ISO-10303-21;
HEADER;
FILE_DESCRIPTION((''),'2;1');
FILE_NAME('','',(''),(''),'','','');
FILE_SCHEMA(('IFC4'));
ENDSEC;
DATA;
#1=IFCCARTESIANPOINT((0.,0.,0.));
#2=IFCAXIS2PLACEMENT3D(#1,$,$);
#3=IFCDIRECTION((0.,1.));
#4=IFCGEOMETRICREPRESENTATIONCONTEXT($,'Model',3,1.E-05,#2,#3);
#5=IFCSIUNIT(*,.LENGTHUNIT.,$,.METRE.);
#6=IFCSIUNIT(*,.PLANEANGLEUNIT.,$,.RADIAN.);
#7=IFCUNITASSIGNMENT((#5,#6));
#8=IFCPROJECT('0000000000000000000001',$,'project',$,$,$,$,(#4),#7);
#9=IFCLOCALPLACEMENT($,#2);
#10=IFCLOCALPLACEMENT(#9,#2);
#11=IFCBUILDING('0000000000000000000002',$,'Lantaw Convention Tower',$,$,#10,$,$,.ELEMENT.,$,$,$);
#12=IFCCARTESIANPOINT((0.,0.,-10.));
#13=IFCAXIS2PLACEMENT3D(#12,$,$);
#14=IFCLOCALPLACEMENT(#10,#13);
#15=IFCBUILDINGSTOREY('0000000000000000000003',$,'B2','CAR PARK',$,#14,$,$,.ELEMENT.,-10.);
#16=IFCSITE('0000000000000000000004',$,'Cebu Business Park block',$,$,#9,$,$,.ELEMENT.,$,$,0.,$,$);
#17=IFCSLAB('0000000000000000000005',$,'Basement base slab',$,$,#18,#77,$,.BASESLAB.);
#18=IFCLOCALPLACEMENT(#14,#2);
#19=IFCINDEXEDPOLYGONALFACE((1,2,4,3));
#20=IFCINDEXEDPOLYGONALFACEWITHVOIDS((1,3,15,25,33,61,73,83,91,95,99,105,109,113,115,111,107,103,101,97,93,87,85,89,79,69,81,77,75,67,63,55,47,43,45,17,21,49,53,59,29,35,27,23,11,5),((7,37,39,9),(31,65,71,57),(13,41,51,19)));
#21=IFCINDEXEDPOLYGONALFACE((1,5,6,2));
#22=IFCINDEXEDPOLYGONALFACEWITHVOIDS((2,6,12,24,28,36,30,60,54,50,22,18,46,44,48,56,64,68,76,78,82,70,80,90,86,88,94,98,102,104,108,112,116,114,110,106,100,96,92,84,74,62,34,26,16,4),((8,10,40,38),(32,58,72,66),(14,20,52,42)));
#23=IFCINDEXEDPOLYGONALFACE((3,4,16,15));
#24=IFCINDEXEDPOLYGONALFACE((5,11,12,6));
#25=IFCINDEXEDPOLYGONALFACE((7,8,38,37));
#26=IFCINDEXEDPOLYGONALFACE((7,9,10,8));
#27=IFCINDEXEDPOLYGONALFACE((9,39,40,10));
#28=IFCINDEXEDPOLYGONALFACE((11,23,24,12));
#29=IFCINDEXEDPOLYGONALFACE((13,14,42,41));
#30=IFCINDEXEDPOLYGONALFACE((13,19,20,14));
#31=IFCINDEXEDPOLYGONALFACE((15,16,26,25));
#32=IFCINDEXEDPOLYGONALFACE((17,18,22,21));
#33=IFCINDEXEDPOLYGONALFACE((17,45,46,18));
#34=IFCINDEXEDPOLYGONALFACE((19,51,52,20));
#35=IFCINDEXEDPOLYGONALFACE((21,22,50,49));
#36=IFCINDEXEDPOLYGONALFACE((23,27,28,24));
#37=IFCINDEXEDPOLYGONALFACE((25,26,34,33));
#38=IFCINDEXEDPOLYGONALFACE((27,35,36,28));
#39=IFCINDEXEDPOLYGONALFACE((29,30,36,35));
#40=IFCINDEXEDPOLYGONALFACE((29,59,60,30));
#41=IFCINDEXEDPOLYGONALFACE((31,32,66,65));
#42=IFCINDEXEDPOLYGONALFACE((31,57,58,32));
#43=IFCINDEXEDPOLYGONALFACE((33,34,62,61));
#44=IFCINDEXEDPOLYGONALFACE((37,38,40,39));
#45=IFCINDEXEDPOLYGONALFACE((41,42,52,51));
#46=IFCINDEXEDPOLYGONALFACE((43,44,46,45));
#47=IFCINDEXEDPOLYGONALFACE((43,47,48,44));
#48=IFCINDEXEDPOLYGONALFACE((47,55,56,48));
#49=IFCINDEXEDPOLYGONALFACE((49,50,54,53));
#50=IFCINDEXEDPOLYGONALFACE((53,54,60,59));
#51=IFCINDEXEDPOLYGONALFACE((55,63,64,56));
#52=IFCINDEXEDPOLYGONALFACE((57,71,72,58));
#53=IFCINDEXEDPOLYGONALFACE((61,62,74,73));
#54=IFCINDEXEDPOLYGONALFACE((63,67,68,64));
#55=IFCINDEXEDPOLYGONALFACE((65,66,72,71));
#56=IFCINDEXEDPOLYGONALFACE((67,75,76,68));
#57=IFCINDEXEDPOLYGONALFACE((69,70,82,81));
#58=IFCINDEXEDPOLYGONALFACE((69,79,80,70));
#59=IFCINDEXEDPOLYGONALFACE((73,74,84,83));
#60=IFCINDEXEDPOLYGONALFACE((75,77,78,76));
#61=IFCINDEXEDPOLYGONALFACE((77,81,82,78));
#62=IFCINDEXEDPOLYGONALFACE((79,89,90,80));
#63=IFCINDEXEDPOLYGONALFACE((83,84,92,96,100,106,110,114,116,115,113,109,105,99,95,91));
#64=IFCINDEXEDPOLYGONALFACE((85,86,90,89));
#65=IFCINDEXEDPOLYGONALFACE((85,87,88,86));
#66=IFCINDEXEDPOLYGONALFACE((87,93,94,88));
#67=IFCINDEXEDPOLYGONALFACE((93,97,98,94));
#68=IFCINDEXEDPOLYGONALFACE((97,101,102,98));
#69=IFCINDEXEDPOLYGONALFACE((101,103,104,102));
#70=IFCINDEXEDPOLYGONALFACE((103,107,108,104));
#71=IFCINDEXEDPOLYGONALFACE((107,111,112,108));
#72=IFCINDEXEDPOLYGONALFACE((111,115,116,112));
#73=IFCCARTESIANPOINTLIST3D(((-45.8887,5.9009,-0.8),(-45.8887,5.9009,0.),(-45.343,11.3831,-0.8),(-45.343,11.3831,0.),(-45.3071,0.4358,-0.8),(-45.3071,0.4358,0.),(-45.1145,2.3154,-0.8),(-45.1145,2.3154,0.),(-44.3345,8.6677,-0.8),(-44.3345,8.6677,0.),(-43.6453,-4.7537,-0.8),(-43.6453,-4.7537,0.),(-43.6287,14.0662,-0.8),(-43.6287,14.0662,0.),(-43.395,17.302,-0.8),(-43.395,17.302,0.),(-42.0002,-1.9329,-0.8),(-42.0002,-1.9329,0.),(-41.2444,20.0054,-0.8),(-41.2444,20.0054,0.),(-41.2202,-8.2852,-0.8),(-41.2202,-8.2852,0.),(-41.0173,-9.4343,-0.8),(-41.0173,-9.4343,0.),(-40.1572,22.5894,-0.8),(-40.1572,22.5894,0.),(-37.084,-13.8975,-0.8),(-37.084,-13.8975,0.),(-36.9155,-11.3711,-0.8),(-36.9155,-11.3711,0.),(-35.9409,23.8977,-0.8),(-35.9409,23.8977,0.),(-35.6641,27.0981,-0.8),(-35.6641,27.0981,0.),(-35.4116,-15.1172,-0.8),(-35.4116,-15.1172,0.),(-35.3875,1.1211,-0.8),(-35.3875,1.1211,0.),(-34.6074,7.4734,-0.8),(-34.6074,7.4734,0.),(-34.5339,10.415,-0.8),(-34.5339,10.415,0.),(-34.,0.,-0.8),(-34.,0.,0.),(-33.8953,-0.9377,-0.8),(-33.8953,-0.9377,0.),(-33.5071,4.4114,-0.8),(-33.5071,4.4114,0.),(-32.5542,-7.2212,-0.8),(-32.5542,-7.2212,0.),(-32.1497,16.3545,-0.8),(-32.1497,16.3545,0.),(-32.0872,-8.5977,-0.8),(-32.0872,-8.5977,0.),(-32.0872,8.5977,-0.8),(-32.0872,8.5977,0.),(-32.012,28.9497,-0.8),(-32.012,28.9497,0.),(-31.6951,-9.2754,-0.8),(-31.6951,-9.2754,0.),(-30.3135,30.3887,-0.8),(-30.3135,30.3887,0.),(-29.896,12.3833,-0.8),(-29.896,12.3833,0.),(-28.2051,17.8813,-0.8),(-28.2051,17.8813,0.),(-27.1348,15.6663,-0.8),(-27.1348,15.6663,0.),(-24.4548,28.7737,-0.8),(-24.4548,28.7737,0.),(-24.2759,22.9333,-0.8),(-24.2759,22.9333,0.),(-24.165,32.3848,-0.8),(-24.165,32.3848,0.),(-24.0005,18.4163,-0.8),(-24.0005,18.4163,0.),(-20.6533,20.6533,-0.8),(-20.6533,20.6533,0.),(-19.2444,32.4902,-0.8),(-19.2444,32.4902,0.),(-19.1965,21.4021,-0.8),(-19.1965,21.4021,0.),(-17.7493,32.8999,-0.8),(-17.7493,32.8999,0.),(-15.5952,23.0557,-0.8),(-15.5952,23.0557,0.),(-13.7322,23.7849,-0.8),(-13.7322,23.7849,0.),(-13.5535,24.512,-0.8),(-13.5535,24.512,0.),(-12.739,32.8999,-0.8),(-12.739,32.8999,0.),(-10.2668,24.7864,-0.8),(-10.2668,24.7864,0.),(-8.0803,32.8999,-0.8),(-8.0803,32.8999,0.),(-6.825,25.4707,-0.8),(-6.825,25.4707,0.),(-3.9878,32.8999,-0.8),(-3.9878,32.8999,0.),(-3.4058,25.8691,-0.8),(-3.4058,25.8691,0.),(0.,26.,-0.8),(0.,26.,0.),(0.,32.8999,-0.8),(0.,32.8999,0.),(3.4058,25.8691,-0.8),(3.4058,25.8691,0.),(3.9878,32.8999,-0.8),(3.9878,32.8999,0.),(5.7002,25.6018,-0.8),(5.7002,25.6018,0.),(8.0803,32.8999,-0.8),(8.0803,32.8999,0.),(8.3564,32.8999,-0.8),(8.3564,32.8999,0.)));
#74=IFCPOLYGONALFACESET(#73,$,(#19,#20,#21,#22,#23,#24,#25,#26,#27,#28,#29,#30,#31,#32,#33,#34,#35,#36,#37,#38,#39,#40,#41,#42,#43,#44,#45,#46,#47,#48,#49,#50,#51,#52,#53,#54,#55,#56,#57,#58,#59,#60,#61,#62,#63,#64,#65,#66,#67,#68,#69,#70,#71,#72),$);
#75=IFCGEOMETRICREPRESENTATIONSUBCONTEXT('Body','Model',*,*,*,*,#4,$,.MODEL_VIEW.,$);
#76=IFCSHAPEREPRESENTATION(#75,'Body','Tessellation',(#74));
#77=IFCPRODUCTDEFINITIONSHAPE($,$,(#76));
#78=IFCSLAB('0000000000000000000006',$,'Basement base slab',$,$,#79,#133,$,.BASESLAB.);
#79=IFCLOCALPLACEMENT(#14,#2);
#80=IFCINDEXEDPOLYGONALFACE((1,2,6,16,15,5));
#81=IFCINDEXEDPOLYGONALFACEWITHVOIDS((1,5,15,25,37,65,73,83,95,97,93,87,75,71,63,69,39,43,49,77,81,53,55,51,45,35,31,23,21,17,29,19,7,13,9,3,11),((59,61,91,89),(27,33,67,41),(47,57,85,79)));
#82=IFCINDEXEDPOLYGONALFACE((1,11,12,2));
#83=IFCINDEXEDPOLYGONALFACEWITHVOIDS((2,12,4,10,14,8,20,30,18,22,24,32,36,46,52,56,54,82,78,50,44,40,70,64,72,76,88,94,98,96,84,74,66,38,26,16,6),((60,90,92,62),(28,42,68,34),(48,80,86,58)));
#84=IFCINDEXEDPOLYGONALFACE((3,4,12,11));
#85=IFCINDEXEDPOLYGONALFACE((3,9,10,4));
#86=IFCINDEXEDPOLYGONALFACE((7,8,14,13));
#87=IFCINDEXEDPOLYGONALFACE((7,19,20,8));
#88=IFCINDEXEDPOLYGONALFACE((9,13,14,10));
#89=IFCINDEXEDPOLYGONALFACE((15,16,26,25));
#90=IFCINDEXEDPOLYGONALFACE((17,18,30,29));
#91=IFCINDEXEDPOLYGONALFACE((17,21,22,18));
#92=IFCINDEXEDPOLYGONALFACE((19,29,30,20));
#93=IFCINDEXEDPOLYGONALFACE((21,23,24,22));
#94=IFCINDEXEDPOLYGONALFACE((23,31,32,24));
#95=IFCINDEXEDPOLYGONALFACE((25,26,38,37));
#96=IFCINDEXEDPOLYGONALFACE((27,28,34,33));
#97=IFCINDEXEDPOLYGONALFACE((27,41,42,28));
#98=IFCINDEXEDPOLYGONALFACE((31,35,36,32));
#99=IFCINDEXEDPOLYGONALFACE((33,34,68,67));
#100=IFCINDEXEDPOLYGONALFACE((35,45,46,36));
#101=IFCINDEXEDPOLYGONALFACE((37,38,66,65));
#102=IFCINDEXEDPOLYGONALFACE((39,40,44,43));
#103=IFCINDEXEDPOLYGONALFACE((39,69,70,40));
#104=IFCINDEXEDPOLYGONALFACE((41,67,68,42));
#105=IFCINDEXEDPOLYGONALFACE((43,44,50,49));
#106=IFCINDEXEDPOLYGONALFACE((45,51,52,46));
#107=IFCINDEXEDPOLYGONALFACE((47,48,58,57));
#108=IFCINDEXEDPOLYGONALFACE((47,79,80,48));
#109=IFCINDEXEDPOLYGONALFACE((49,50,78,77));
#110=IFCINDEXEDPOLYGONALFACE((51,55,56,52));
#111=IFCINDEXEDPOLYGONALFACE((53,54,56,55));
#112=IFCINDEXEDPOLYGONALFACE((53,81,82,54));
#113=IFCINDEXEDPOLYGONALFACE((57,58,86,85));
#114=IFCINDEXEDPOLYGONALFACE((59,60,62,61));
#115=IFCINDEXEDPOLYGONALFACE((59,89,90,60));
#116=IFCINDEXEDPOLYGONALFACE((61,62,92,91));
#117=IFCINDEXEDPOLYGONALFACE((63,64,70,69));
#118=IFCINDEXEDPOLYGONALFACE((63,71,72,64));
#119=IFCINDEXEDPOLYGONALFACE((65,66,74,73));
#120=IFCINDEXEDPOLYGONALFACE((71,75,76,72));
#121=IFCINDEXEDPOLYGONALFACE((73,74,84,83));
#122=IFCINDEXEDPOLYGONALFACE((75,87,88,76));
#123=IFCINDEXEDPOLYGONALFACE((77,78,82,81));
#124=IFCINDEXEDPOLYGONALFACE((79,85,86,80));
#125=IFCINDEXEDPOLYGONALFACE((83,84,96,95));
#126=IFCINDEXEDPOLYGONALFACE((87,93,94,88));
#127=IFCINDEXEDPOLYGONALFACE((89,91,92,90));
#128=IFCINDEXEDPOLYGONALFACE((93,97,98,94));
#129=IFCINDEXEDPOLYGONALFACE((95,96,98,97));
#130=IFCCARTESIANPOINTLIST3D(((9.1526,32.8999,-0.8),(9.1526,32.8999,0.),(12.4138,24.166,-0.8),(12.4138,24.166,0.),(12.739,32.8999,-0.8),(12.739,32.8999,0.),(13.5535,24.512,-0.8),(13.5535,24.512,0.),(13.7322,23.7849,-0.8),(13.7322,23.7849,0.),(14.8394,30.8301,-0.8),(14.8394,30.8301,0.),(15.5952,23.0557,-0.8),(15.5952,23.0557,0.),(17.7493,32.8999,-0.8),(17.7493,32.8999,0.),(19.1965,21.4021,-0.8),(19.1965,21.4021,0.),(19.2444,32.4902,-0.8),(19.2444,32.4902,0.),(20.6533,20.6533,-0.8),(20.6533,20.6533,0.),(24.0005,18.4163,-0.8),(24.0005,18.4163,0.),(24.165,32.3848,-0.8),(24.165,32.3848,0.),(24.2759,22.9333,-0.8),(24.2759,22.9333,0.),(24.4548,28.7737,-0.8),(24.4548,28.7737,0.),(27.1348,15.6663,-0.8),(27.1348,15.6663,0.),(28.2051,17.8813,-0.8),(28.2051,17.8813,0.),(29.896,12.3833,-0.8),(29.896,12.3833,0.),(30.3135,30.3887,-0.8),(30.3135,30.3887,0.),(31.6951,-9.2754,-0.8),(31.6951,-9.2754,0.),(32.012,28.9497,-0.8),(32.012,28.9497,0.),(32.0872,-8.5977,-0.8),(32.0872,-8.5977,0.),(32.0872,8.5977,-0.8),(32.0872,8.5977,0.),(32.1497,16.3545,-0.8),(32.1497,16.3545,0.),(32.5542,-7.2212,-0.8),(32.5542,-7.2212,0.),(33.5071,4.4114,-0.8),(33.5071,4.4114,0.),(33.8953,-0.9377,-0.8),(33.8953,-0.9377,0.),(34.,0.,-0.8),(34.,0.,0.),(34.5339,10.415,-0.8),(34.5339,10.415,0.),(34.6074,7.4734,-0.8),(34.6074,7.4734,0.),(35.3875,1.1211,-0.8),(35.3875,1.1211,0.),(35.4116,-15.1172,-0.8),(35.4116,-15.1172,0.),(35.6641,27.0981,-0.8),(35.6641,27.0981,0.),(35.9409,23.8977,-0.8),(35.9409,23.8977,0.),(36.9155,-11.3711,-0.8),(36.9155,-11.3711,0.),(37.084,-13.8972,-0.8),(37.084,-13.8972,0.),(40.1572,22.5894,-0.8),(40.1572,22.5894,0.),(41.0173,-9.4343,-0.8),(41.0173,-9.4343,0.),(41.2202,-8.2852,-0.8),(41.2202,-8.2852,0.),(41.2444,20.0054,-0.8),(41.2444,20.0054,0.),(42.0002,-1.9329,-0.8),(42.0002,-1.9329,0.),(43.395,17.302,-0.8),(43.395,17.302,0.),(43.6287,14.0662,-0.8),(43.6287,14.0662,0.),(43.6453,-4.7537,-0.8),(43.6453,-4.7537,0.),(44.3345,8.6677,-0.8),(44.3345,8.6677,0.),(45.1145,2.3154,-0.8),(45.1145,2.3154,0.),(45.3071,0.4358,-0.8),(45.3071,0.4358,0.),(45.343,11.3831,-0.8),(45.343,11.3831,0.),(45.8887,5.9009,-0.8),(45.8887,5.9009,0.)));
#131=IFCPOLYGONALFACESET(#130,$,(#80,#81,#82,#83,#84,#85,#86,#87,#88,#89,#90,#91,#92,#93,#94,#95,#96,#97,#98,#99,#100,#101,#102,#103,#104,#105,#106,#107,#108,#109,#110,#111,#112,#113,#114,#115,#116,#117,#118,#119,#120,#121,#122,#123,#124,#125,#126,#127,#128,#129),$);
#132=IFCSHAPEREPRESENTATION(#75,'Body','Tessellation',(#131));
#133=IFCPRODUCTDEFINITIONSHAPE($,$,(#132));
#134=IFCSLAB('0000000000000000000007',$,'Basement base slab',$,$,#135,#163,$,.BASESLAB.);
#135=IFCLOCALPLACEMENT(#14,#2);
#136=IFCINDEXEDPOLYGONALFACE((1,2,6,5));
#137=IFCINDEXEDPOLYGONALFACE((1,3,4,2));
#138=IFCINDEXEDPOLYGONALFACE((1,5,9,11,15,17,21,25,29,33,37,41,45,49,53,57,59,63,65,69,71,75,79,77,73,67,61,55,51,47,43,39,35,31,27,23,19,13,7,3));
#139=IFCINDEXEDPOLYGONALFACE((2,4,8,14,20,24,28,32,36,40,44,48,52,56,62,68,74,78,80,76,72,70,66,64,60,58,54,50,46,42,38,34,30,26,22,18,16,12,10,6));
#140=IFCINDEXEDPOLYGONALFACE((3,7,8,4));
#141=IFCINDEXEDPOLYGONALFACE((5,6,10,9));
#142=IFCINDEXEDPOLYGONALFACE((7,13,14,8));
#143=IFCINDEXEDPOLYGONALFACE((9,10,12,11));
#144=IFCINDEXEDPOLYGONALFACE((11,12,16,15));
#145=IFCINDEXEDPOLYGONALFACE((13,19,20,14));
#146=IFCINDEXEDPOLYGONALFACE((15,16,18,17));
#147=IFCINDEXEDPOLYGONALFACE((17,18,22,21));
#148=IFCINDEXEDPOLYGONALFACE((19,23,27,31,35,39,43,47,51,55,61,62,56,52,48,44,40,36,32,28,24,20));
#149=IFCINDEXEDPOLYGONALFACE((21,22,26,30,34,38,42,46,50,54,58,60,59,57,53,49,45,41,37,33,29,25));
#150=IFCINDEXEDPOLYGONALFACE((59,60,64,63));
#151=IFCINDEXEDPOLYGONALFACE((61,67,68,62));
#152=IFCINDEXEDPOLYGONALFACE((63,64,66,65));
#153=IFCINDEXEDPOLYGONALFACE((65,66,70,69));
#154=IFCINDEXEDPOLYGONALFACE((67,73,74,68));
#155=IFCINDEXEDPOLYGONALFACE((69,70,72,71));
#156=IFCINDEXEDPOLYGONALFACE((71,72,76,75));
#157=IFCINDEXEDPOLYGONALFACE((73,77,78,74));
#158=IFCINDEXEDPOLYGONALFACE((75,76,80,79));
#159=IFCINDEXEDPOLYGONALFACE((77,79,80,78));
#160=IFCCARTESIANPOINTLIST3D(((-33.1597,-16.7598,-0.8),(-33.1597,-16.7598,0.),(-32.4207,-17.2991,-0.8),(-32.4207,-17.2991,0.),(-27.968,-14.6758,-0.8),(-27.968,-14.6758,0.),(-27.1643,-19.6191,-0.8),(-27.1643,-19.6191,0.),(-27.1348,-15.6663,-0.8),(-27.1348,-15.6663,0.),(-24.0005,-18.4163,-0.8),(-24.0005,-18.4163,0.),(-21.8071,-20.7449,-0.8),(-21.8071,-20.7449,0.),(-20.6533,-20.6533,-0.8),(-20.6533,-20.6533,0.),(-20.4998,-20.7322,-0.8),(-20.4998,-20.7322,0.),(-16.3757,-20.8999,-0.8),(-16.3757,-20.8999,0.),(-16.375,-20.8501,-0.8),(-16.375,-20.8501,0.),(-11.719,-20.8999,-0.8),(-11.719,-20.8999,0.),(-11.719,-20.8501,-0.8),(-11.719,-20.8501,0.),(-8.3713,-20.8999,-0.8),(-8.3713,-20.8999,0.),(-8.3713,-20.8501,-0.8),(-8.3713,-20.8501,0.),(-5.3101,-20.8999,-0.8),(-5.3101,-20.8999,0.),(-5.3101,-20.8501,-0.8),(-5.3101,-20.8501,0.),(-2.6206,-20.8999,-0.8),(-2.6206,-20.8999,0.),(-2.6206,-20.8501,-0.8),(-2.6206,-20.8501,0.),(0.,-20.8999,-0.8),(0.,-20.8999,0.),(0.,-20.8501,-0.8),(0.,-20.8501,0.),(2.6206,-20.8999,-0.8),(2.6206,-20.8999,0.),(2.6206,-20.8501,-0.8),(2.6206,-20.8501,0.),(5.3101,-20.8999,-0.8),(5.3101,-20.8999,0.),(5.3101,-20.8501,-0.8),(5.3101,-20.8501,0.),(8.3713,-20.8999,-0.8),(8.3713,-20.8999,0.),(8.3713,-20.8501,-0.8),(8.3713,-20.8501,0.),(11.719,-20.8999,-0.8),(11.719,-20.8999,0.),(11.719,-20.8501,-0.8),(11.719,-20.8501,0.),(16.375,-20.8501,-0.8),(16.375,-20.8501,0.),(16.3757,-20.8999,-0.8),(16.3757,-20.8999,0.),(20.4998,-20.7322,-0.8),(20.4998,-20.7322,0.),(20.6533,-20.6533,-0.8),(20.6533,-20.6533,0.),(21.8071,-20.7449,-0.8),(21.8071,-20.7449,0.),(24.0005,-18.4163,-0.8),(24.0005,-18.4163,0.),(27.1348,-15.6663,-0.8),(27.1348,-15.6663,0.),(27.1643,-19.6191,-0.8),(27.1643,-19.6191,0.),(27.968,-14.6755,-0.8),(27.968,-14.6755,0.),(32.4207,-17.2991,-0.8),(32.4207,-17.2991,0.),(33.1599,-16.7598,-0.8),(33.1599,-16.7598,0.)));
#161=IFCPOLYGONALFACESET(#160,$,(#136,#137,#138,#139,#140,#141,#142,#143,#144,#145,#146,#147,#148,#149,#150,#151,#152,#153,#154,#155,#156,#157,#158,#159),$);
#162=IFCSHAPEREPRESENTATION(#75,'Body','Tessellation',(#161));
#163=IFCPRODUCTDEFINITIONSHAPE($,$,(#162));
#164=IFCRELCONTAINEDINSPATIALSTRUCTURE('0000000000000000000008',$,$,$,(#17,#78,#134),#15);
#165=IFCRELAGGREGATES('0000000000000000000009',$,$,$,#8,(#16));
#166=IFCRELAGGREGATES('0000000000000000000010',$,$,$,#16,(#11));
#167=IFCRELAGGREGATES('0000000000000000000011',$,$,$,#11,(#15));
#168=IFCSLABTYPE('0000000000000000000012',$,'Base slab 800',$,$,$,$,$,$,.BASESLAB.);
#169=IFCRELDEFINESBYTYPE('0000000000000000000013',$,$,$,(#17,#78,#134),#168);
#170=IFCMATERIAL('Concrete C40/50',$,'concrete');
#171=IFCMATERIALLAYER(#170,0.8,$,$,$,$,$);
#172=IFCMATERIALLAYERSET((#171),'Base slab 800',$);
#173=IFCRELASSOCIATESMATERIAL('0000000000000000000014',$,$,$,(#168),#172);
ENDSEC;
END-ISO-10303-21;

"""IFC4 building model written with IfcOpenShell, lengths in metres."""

from ifc_helpers import new_model, si_unit, direction, frame, origin, place, context, subcontext, project, spatial, polyline, outline, extrude, material, layer, layer_set, type_object, element, save


model = new_model("IFC4")

# Units and contexts
model_context = context("Model", 3, precision=1e-05, world=origin(), true_north=direction((0.0, 1.0)))
body_context = subcontext(model_context, "Body", "Model", "MODEL_VIEW")
ifc_project = project(units=[si_unit("LENGTHUNIT", "METRE"), si_unit("PLANEANGLEUNIT", "RADIAN")], contexts=[model_context])

# Site, building, storey
site_placement = place(None, origin())
site = spatial("IfcSite", under=ifc_project, at=site_placement, Name="Cebu Business Park block", CompositionType="ELEMENT", RefElevation=0.0)
building_placement = place(site_placement, origin())
building = spatial("IfcBuilding", under=site, at=building_placement, Name="Lantaw Convention Tower", CompositionType="ELEMENT")
storey_placement = place(building_placement, frame((0.0, 0.0, -10.0)))
storey = spatial("IfcBuildingStorey", under=building, at=storey_placement, Name="B2", Description="CAR PARK", CompositionType="ELEMENT", Elevation=-10.0)

# Slabs
ifc_material_1 = material(Name="Concrete C40/50", Category="concrete")
ifc_layer_1 = layer(ifc_material_1, 0.8)
ifc_layer_set_1 = layer_set([ifc_layer_1], Name="Base slab 800")
slab_type_1 = type_object("IfcSlabType", Name="Base slab 800", PredefinedType="BASESLAB", material=ifc_layer_set_1)
slab_1_placement = place(storey_placement, frame((0.0, 0.0, -0.8)))
element("IfcSlab", 1, at=slab_1_placement, inside=storey, type_object=slab_type_1, Name="Basement base slab", PredefinedType="BASESLAB", context=body_context, shape_type="SweptSolid", body=[
    extrude(outline(polyline([(-43.6453, -4.7537), (-41.0173, -9.4343), (-37.084, -13.8975), (-35.4116, -15.1172), (-36.9155, -11.3711), (-31.6951, -9.2754), (-32.0872, -8.5977), (-32.5542, -7.2212), (-41.2202, -8.2852), (-42.0002, -1.9329), (-33.8953, -0.9377), (-34.0, 0.0), (-33.5071, 4.4114), (-32.0872, 8.5977), (-29.896, 12.3833), (-27.1348, 15.6663), (-24.0005, 18.4163), (-20.6533, 20.6533), (-19.1965, 21.4021), (-24.4548, 28.7737), (-19.2444, 32.4902), (-13.5535, 24.512), (-15.5952, 23.0557), (-13.7322, 23.7849), (-10.2668, 24.7864), (-6.825, 25.4707), (-3.4058, 25.8691), (0.0, 26.0), (3.4058, 25.8691), (5.7002, 25.6018), (8.3564, 32.8999), (8.0803, 32.8999), (3.9878, 32.8999), (0.0, 32.8999), (-3.9878, 32.8999), (-8.0803, 32.8999), (-12.739, 32.8999), (-17.7493, 32.8999), (-24.165, 32.3848), (-30.3135, 30.3887), (-35.6641, 27.0981), (-40.1572, 22.5894), (-43.395, 17.302), (-45.343, 11.3831), (-45.8887, 5.9009), (-45.3071, 0.4358), (-43.6453, -4.7537)]), holes=[polyline([(-28.2051, 17.8813), (-24.2759, 22.9333), (-32.012, 28.9497), (-35.9409, 23.8977), (-28.2051, 17.8813)]), polyline([(-43.6287, 14.0662), (-34.5339, 10.415), (-32.1497, 16.3545), (-41.2444, 20.0054), (-43.6287, 14.0662)]), polyline([(-44.3345, 8.6677), (-45.1145, 2.3154), (-35.3875, 1.1211), (-34.6074, 7.4734), (-44.3345, 8.6677)])]), origin(), (0.0, 0.0, 1.0), 0.8),
])
slab_2_placement = place(storey_placement, frame((0.0, 0.0, -0.8)))
element("IfcSlab", 2, at=slab_2_placement, inside=storey, type_object=slab_type_1, Name="Basement base slab", PredefinedType="BASESLAB", context=body_context, shape_type="SweptSolid", body=[
    extrude(outline(polyline([(32.5542, -7.2212), (32.0872, -8.5977), (31.6951, -9.2754), (36.9155, -11.3711), (35.4116, -15.1172), (37.084, -13.8972), (41.0173, -9.4343), (43.6453, -4.7537), (45.3071, 0.4358), (45.8887, 5.9009), (45.343, 11.3831), (43.395, 17.302), (40.1572, 22.5894), (35.6641, 27.0981), (30.3135, 30.3887), (24.165, 32.3848), (17.7493, 32.8999), (12.739, 32.8999), (9.1526, 32.8999), (14.8394, 30.8301), (12.4138, 24.166), (13.7322, 23.7849), (15.5952, 23.0557), (13.5535, 24.512), (19.2444, 32.4902), (24.4548, 28.7737), (19.1965, 21.4021), (20.6533, 20.6533), (24.0005, 18.4163), (27.1348, 15.6663), (29.896, 12.3833), (32.0872, 8.5977), (33.5071, 4.4114), (34.0, 0.0), (33.8953, -0.9377), (42.0002, -1.9329), (41.2202, -8.2852), (32.5542, -7.2212)]), holes=[polyline([(45.1145, 2.3154), (44.3345, 8.6677), (34.6074, 7.4734), (35.3875, 1.1211), (45.1145, 2.3154)]), polyline([(34.5339, 10.415), (43.6287, 14.0662), (41.2444, 20.0054), (32.1497, 16.3545), (34.5339, 10.415)]), polyline([(24.2759, 22.9333), (28.2051, 17.8813), (35.9409, 23.8977), (32.012, 28.9497), (24.2759, 22.9333)])]), origin(), (0.0, 0.0, 1.0), 0.8),
])
slab_3_placement = place(storey_placement, frame((0.0, 0.0, -0.8)))
element("IfcSlab", 3, at=slab_3_placement, inside=storey, type_object=slab_type_1, Name="Basement base slab", PredefinedType="BASESLAB", context=body_context, shape_type="SweptSolid", body=[
    extrude(outline(polyline([(-11.719, -20.8999), (-8.3713, -20.8999), (-5.3101, -20.8999), (-2.6206, -20.8999), (0.0, -20.8999), (2.6206, -20.8999), (5.3101, -20.8999), (8.3713, -20.8999), (11.719, -20.8999), (16.3757, -20.8999), (21.8071, -20.7449), (27.1643, -19.6191), (32.4207, -17.2991), (33.1599, -16.7598), (27.968, -14.6755), (27.1348, -15.6663), (24.0005, -18.4163), (20.6533, -20.6533), (20.4998, -20.7322), (16.375, -20.8501), (11.719, -20.8501), (8.3713, -20.8501), (5.3101, -20.8501), (2.6206, -20.8501), (0.0, -20.8501), (-2.6206, -20.8501), (-5.3101, -20.8501), (-8.3713, -20.8501), (-11.719, -20.8501), (-16.375, -20.8501), (-20.4998, -20.7322), (-20.6533, -20.6533), (-24.0005, -18.4163), (-27.1348, -15.6663), (-27.968, -14.6758), (-33.1597, -16.7598), (-32.4207, -17.2991), (-27.1643, -19.6191), (-21.8071, -20.7449), (-16.3757, -20.8999), (-11.719, -20.8999)])), origin(), (0.0, 0.0, 1.0), 0.8),
])

save(model, "model.ifc")
